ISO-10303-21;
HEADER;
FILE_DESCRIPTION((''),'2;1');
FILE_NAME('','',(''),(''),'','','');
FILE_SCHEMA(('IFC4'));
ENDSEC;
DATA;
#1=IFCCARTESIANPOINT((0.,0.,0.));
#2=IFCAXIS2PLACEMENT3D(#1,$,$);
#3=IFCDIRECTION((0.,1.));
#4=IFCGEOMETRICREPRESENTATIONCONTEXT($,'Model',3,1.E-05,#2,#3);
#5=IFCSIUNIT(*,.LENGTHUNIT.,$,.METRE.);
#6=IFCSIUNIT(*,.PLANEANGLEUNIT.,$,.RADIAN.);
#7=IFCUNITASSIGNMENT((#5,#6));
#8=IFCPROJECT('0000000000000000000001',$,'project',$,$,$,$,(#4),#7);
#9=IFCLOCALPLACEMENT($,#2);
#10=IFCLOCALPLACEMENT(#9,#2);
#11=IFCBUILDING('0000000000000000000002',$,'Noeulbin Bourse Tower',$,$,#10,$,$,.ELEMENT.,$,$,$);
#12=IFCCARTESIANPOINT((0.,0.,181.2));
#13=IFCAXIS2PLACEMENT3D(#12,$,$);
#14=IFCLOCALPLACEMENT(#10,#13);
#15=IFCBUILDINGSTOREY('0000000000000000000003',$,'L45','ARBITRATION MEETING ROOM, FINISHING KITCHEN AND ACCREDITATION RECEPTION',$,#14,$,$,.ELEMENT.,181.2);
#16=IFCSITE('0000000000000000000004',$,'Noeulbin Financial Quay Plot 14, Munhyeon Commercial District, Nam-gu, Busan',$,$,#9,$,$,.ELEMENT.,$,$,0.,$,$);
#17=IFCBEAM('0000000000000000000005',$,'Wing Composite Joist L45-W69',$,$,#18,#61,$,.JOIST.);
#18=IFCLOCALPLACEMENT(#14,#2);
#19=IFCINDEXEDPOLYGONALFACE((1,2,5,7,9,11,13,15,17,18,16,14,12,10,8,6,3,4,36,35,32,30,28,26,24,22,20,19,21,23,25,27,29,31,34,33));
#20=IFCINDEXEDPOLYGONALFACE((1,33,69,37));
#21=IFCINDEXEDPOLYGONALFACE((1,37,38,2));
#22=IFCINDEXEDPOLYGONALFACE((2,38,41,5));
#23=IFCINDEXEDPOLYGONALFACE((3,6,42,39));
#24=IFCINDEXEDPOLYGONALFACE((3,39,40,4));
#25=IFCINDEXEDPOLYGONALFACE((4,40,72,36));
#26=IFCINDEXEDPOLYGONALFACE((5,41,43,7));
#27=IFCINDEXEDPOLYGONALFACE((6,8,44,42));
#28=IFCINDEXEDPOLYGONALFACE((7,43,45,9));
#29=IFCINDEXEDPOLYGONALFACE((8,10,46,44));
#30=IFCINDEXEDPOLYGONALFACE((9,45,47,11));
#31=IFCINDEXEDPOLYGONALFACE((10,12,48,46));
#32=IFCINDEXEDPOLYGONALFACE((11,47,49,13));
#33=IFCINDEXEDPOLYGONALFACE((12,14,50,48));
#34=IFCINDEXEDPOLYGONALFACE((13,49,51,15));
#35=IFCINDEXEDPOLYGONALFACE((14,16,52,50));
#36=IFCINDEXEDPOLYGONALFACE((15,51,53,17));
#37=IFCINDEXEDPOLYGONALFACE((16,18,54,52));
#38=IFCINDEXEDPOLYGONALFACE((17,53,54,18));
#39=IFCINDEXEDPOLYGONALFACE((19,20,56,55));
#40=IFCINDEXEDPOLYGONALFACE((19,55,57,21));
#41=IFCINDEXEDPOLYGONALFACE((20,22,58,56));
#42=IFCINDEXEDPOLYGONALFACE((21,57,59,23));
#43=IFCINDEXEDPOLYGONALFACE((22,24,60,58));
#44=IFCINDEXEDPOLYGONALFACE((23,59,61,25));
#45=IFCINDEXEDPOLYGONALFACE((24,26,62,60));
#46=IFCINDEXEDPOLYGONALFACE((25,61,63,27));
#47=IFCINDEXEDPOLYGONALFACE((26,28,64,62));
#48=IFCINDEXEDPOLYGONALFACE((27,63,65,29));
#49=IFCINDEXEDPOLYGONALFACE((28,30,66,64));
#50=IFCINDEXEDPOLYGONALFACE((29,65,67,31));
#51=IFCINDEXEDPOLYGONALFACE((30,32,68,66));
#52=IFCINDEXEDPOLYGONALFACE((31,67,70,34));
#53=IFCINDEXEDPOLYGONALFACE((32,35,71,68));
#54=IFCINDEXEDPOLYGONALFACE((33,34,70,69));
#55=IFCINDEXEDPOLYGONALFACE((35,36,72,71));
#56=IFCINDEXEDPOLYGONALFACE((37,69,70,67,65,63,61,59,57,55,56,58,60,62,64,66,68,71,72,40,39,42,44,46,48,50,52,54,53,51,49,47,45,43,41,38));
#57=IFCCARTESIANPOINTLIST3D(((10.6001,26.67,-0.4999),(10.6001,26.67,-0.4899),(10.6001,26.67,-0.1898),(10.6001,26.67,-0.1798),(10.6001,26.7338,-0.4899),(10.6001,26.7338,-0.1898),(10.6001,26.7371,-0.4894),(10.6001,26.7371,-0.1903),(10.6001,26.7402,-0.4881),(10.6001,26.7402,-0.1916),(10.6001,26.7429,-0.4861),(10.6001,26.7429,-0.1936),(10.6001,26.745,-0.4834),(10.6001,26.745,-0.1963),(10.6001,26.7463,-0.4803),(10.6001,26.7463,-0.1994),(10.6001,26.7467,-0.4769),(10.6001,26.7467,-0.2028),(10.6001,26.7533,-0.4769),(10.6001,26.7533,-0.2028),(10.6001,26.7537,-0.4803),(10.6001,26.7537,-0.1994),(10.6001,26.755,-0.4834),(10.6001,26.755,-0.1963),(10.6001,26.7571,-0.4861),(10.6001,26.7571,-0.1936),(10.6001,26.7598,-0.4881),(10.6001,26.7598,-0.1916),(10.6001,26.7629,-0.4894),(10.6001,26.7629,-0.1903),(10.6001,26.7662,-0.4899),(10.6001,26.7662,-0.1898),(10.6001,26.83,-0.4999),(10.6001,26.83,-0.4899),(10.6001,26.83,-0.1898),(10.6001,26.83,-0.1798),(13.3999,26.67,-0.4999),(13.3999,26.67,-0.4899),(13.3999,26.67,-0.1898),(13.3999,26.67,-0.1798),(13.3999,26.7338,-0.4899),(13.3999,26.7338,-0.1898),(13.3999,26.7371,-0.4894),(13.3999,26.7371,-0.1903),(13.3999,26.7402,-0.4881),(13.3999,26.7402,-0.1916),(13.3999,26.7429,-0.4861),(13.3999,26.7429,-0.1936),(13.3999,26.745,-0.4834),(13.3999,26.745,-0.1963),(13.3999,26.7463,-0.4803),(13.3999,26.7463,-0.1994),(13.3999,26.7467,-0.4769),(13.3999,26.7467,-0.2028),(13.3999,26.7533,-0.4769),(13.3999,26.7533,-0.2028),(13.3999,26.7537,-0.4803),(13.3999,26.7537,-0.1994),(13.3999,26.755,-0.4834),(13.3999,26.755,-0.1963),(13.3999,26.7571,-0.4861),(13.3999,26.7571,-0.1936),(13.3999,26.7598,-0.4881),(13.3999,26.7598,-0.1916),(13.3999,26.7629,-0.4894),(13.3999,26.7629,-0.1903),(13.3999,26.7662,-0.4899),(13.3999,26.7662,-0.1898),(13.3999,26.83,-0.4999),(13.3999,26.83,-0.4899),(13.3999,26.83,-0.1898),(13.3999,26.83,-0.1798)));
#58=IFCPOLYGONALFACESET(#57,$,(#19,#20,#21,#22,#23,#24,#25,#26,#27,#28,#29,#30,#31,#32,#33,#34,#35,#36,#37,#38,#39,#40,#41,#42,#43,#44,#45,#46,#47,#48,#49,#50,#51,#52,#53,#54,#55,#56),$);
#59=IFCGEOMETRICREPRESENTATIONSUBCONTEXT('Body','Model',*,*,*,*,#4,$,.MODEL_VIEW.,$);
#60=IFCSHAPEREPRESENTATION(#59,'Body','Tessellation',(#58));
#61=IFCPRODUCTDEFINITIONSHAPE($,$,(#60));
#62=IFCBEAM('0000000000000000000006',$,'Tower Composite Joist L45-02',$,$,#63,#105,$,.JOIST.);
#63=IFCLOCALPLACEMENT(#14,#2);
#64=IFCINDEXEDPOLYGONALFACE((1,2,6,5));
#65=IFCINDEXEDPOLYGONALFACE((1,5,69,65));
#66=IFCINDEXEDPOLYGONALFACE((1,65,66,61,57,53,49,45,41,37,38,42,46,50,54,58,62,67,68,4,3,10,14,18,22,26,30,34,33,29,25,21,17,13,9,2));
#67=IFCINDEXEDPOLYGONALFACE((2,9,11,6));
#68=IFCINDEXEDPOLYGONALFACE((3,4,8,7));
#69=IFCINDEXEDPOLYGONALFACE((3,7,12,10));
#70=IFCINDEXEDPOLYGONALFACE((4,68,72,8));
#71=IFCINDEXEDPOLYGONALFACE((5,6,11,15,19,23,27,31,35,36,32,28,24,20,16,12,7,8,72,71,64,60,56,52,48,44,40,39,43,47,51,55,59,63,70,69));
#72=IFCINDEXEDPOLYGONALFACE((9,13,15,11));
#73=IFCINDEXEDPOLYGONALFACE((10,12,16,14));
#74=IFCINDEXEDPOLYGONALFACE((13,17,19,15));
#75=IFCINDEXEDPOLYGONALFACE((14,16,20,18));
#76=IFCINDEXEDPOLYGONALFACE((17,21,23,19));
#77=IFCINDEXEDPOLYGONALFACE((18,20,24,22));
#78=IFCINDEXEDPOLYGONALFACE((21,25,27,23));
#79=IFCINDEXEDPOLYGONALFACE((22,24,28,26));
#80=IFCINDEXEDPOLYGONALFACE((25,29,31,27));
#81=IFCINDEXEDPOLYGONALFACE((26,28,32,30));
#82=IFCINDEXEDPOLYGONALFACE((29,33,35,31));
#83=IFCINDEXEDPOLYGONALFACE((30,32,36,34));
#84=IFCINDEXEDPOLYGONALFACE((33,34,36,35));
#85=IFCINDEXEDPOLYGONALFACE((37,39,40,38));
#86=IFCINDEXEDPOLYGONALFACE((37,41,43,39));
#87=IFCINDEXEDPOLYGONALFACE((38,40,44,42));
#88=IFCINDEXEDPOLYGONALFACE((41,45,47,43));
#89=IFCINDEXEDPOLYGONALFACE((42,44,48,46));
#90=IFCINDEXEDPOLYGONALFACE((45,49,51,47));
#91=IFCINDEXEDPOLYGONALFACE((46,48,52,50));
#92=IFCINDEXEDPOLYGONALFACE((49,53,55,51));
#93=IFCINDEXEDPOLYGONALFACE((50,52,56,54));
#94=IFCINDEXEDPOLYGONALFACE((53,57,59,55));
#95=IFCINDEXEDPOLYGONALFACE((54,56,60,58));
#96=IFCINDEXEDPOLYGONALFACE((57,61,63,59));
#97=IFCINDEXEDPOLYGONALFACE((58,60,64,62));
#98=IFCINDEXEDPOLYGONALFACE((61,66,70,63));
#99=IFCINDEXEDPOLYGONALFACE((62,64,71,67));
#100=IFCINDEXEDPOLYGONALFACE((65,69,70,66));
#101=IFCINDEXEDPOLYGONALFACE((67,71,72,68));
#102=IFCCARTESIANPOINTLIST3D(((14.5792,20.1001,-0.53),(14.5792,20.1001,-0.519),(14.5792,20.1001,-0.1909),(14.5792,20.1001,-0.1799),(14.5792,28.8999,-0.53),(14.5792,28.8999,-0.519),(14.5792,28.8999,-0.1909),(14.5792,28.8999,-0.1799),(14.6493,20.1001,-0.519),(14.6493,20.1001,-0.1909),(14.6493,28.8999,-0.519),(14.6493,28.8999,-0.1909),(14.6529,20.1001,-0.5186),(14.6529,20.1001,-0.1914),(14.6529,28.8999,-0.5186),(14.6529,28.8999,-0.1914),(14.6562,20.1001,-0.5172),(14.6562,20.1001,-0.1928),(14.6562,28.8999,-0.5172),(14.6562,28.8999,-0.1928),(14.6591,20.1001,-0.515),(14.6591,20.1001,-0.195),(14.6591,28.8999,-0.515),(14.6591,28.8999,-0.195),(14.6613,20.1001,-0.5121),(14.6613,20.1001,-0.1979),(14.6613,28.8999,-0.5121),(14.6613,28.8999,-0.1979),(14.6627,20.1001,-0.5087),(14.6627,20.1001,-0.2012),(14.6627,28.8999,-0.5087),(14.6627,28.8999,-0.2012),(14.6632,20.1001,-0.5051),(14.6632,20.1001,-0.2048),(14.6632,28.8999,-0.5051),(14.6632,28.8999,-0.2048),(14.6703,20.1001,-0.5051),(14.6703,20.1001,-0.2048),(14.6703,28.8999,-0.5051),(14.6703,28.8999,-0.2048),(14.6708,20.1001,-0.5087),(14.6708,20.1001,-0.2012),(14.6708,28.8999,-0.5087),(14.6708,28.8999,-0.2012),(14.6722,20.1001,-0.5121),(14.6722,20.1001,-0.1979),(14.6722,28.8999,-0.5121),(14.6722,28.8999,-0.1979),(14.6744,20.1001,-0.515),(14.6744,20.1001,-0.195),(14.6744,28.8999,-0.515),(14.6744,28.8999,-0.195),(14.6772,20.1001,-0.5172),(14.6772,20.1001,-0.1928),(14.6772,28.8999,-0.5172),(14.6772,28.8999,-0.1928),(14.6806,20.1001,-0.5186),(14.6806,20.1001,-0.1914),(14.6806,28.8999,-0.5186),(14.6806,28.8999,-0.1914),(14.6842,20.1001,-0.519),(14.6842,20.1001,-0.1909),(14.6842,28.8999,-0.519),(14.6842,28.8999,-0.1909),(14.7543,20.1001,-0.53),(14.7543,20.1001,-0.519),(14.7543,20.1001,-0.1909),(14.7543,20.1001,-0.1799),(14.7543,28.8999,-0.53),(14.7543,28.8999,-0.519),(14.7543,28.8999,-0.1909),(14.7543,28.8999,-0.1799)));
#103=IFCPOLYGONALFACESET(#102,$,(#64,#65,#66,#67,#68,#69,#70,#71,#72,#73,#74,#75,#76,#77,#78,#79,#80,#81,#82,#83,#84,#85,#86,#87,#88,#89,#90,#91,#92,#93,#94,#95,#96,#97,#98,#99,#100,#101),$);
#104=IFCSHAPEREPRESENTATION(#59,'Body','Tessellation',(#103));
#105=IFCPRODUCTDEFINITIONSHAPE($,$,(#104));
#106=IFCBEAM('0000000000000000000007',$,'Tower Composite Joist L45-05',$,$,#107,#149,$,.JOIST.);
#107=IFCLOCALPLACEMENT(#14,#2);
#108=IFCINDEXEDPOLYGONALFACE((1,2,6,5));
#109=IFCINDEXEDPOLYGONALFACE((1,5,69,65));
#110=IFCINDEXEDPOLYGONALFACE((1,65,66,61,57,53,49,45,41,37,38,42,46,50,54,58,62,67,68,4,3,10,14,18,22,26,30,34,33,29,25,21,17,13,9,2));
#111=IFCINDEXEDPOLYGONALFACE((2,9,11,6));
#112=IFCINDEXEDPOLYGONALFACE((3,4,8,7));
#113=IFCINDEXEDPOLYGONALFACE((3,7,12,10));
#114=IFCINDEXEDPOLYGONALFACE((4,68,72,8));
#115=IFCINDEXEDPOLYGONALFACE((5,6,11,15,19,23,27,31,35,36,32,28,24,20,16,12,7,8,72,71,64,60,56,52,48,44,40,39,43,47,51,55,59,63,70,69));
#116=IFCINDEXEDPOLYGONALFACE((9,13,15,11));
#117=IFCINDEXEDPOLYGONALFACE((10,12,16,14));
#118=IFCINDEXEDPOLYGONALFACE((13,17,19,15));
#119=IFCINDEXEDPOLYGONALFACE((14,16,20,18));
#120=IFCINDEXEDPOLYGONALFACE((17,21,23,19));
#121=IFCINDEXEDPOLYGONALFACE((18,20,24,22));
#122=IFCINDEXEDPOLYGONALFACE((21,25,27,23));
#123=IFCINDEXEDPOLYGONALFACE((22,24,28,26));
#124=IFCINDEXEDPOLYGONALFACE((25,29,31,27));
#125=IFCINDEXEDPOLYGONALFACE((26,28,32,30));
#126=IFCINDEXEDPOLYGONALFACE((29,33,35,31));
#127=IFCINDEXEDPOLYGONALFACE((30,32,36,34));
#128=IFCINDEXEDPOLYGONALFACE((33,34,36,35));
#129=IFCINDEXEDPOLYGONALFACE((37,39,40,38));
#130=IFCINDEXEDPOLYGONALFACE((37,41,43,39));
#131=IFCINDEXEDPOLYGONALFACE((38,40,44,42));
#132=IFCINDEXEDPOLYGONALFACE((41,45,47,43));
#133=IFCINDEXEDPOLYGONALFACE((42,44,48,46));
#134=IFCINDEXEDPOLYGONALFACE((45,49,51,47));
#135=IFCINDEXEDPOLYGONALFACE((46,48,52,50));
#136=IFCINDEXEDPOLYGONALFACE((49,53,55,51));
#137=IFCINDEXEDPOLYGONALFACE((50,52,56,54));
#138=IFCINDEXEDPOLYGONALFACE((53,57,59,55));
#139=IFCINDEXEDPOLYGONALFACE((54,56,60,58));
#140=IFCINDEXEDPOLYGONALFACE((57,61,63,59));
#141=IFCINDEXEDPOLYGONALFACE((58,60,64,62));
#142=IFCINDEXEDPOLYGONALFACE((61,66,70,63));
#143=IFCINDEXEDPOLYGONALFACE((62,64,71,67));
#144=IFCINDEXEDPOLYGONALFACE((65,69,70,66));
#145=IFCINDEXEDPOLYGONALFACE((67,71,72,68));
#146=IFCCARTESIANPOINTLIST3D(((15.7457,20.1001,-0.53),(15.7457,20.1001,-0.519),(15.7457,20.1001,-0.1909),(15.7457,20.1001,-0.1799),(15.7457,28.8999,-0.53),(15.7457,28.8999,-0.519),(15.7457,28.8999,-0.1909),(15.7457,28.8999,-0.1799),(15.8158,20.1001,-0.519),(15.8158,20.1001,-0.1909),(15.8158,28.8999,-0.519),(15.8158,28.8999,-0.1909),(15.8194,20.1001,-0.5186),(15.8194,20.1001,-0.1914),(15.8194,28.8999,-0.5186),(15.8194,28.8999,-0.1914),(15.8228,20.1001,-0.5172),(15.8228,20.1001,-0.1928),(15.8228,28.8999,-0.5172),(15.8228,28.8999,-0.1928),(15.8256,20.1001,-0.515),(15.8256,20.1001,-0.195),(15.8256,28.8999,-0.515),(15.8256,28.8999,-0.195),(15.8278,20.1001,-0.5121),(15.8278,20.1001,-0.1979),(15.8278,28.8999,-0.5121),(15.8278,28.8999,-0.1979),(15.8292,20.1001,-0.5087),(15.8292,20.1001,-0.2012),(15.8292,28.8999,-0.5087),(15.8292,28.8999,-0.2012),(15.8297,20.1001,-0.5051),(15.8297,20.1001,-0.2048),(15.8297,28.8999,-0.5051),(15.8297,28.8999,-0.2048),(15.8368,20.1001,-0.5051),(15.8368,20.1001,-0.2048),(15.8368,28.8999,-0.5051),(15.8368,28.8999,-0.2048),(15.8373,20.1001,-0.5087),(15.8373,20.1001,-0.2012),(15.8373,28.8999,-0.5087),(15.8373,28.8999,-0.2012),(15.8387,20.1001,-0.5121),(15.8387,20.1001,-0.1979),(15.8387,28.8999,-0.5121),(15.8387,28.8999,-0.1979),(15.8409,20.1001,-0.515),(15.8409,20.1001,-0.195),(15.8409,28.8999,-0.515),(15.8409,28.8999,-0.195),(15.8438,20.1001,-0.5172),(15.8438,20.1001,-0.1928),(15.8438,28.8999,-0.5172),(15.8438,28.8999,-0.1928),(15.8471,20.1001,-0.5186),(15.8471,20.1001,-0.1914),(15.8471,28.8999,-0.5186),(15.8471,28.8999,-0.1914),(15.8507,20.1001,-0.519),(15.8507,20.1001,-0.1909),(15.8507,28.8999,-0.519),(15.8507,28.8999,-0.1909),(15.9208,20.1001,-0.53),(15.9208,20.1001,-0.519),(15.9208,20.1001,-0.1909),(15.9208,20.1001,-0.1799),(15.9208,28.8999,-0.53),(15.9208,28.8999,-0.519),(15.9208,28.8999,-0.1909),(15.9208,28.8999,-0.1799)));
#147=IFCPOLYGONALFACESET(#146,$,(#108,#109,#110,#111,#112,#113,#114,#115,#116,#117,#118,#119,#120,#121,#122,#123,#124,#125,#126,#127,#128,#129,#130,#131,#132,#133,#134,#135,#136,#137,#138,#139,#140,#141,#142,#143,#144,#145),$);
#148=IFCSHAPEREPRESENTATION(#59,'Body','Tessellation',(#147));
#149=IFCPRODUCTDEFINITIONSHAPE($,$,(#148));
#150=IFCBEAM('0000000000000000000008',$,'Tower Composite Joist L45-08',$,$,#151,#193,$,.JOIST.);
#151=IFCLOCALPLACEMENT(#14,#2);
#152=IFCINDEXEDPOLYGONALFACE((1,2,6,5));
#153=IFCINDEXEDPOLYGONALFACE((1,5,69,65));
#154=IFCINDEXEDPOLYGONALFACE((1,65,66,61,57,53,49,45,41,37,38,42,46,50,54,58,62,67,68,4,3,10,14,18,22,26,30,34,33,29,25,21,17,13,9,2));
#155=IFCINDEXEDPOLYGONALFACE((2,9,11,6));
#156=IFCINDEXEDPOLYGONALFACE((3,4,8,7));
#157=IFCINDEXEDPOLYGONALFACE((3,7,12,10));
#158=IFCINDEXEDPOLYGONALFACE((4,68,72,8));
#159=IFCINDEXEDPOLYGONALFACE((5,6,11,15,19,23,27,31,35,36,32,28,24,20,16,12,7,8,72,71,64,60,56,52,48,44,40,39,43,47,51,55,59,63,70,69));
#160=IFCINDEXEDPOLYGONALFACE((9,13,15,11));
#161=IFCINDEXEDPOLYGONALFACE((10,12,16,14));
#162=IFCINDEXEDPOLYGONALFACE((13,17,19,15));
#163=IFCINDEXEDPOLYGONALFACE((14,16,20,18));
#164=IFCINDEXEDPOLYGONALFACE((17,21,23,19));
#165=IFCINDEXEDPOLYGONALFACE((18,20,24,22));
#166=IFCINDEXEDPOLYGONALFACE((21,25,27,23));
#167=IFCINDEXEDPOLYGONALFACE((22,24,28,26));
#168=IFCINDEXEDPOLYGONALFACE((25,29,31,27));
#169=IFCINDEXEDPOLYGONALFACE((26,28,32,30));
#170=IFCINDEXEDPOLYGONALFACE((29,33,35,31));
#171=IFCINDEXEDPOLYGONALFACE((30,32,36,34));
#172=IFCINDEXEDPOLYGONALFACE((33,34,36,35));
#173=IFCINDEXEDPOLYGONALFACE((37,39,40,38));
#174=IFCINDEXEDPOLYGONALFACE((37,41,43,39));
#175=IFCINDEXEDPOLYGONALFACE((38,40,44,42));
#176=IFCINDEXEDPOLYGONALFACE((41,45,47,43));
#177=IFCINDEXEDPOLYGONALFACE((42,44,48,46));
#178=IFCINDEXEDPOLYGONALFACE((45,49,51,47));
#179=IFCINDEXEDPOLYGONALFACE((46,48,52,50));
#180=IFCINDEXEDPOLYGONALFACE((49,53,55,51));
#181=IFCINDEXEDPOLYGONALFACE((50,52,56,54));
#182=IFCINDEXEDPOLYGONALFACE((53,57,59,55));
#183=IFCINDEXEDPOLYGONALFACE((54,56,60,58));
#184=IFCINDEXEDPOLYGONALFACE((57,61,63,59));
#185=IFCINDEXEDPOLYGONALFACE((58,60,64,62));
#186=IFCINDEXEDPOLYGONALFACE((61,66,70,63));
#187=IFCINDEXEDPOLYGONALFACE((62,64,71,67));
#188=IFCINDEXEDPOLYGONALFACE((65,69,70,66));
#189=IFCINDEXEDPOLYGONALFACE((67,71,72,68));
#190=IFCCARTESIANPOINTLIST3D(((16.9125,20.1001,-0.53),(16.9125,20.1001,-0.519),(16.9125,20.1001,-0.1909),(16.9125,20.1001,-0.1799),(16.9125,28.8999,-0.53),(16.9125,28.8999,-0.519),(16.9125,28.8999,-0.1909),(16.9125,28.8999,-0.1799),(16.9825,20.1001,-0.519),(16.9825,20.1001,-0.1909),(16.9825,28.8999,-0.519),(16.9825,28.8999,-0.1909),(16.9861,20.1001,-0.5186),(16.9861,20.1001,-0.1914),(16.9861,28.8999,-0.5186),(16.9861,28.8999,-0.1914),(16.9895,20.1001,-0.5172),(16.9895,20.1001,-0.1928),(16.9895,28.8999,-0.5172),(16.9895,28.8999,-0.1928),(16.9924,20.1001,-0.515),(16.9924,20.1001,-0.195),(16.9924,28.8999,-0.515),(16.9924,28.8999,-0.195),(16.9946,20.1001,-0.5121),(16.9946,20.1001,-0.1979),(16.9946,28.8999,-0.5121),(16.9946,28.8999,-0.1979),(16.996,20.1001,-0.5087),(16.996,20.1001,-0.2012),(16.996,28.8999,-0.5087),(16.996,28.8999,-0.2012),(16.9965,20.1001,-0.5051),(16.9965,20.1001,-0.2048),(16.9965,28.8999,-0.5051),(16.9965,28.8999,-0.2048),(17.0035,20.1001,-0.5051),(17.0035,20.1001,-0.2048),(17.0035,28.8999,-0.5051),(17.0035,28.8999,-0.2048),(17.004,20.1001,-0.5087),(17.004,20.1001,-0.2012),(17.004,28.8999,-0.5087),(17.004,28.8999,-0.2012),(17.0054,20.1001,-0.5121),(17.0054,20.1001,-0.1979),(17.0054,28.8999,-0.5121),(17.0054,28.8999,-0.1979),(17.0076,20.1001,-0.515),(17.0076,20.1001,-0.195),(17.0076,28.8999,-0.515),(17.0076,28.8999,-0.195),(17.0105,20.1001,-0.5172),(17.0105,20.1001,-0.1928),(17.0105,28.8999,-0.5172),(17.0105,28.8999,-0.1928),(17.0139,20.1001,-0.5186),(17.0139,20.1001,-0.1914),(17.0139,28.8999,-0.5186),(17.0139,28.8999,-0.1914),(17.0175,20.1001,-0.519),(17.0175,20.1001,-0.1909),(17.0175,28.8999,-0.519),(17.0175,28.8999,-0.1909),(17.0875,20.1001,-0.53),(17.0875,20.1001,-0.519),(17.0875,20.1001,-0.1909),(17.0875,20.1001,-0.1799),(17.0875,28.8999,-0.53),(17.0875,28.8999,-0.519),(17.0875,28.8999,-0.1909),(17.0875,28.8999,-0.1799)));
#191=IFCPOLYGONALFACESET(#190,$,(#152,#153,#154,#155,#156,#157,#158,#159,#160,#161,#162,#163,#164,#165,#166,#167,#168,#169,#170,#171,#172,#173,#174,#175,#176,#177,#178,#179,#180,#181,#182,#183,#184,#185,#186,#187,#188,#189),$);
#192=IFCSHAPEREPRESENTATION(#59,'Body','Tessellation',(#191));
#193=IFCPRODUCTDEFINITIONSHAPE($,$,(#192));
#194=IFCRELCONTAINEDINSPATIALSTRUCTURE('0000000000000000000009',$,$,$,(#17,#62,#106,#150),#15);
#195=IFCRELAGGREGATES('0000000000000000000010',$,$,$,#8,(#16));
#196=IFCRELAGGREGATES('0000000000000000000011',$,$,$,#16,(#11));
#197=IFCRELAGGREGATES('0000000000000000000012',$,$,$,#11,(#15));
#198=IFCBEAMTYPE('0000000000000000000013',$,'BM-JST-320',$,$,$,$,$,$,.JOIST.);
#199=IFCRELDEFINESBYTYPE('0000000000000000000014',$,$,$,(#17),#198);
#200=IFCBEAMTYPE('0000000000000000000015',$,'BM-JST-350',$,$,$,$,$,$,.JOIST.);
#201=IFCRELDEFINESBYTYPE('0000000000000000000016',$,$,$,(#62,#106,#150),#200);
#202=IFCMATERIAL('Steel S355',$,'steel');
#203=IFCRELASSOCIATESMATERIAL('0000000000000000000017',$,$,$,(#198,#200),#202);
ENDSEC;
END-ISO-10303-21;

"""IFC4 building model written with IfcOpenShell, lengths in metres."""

from ifc_helpers import new_model, si_unit, direction, frame, origin, origin_2d, place, context, subcontext, project, spatial, i_section, extrude, material, material_profile, profile_set, type_object, element, save


model = new_model("IFC4")

# Units and contexts
model_context = context("Model", 3, precision=1e-05, world=origin(), true_north=direction((0.0, 1.0)))
body_context = subcontext(model_context, "Body", "Model", "MODEL_VIEW")
ifc_project = project(units=[si_unit("LENGTHUNIT", "METRE"), si_unit("PLANEANGLEUNIT", "RADIAN")], contexts=[model_context])

# Site, building, storey
site_placement = place(None, origin())
site = spatial("IfcSite", under=ifc_project, at=site_placement, Name="Noeulbin Financial Quay Plot 14, Munhyeon Commercial District, Nam-gu, Busan", CompositionType="ELEMENT", RefElevation=0.0)
building_placement = place(site_placement, origin())
building = spatial("IfcBuilding", under=site, at=building_placement, Name="Noeulbin Bourse Tower", CompositionType="ELEMENT")
storey_placement = place(building_placement, frame((0.0, 0.0, 181.2)))
storey = spatial("IfcBuildingStorey", under=building, at=storey_placement, Name="L45", Description="ARBITRATION MEETING ROOM, FINISHING KITCHEN AND ACCREDITATION RECEPTION", CompositionType="ELEMENT", Elevation=181.2)

# Shared definitions
ifc_material_1 = material(Name="Steel S355", Category="steel")

# Beams
ifc_material_profile_1 = material_profile(ifc_material_1, i_section(OverallWidth=0.1599, OverallDepth=0.3201, WebThickness=0.0066, FlangeThickness=0.01, FilletRadius=0.0129, at=origin_2d()), Name="H-320x160x6.5x10", Category="LoadBearing")
ifc_profile_set_1 = profile_set([ifc_material_profile_1], Name="Steel S355")
beam_type_1 = type_object("IfcBeamType", Name="BM-JST-320", PredefinedType="JOIST", material=ifc_profile_set_1)
for number, where, z_axis, x_axis, name in (
    (1, (10.6001, 26.75, -0.3398), (1.0, 0.0, 0.0), (0.0, 1.0, 0.0), "Wing Composite Joist L45-W69"),
):
    element("IfcBeam", number, at=place(storey_placement, frame(where, z_axis=z_axis, x_axis=x_axis)), inside=storey, type_object=beam_type_1, Name=name, PredefinedType="JOIST", context=body_context, shape_type="SweptSolid", body=[
        extrude(i_section(OverallWidth=0.1599, OverallDepth=0.3201, WebThickness=0.0066, FlangeThickness=0.01, FilletRadius=0.0129, at=origin_2d()), origin(), (0.0, 0.0, 1.0), 2.7998),
    ])
ifc_material_profile_2 = material_profile(ifc_material_1, i_section(OverallWidth=0.175, OverallDepth=0.3501, WebThickness=0.0071, FlangeThickness=0.011, FilletRadius=0.0139, at=origin_2d()), Name="H-350x175x7x11", Category="LoadBearing")
ifc_profile_set_2 = profile_set([ifc_material_profile_2], Name="Steel S355")
beam_type_2 = type_object("IfcBeamType", Name="BM-JST-350", PredefinedType="JOIST", material=ifc_profile_set_2)
for number, where, z_axis, x_axis, name in (
    (2, (14.6667, 20.1001, -0.355), (0.0, 1.0, 0.0), (-1.0, 0.0, 0.0), "Tower Composite Joist L45-02"),
    (3, (15.8333, 20.1001, -0.355), (0.0, 1.0, 0.0), (-1.0, 0.0, 0.0), "Tower Composite Joist L45-05"),
    (4, (17.0, 20.1001, -0.355), (0.0, 1.0, 0.0), (-1.0, 0.0, 0.0), "Tower Composite Joist L45-08"),
):
    element("IfcBeam", number, at=place(storey_placement, frame(where, z_axis=z_axis, x_axis=x_axis)), inside=storey, type_object=beam_type_2, Name=name, PredefinedType="JOIST", context=body_context, shape_type="SweptSolid", body=[
        extrude(i_section(OverallWidth=0.175, OverallDepth=0.3501, WebThickness=0.0071, FlangeThickness=0.011, FilletRadius=0.0139, at=origin_2d()), origin(), (0.0, 0.0, 1.0), 8.7998),
    ])

save(model, "model.ifc")
